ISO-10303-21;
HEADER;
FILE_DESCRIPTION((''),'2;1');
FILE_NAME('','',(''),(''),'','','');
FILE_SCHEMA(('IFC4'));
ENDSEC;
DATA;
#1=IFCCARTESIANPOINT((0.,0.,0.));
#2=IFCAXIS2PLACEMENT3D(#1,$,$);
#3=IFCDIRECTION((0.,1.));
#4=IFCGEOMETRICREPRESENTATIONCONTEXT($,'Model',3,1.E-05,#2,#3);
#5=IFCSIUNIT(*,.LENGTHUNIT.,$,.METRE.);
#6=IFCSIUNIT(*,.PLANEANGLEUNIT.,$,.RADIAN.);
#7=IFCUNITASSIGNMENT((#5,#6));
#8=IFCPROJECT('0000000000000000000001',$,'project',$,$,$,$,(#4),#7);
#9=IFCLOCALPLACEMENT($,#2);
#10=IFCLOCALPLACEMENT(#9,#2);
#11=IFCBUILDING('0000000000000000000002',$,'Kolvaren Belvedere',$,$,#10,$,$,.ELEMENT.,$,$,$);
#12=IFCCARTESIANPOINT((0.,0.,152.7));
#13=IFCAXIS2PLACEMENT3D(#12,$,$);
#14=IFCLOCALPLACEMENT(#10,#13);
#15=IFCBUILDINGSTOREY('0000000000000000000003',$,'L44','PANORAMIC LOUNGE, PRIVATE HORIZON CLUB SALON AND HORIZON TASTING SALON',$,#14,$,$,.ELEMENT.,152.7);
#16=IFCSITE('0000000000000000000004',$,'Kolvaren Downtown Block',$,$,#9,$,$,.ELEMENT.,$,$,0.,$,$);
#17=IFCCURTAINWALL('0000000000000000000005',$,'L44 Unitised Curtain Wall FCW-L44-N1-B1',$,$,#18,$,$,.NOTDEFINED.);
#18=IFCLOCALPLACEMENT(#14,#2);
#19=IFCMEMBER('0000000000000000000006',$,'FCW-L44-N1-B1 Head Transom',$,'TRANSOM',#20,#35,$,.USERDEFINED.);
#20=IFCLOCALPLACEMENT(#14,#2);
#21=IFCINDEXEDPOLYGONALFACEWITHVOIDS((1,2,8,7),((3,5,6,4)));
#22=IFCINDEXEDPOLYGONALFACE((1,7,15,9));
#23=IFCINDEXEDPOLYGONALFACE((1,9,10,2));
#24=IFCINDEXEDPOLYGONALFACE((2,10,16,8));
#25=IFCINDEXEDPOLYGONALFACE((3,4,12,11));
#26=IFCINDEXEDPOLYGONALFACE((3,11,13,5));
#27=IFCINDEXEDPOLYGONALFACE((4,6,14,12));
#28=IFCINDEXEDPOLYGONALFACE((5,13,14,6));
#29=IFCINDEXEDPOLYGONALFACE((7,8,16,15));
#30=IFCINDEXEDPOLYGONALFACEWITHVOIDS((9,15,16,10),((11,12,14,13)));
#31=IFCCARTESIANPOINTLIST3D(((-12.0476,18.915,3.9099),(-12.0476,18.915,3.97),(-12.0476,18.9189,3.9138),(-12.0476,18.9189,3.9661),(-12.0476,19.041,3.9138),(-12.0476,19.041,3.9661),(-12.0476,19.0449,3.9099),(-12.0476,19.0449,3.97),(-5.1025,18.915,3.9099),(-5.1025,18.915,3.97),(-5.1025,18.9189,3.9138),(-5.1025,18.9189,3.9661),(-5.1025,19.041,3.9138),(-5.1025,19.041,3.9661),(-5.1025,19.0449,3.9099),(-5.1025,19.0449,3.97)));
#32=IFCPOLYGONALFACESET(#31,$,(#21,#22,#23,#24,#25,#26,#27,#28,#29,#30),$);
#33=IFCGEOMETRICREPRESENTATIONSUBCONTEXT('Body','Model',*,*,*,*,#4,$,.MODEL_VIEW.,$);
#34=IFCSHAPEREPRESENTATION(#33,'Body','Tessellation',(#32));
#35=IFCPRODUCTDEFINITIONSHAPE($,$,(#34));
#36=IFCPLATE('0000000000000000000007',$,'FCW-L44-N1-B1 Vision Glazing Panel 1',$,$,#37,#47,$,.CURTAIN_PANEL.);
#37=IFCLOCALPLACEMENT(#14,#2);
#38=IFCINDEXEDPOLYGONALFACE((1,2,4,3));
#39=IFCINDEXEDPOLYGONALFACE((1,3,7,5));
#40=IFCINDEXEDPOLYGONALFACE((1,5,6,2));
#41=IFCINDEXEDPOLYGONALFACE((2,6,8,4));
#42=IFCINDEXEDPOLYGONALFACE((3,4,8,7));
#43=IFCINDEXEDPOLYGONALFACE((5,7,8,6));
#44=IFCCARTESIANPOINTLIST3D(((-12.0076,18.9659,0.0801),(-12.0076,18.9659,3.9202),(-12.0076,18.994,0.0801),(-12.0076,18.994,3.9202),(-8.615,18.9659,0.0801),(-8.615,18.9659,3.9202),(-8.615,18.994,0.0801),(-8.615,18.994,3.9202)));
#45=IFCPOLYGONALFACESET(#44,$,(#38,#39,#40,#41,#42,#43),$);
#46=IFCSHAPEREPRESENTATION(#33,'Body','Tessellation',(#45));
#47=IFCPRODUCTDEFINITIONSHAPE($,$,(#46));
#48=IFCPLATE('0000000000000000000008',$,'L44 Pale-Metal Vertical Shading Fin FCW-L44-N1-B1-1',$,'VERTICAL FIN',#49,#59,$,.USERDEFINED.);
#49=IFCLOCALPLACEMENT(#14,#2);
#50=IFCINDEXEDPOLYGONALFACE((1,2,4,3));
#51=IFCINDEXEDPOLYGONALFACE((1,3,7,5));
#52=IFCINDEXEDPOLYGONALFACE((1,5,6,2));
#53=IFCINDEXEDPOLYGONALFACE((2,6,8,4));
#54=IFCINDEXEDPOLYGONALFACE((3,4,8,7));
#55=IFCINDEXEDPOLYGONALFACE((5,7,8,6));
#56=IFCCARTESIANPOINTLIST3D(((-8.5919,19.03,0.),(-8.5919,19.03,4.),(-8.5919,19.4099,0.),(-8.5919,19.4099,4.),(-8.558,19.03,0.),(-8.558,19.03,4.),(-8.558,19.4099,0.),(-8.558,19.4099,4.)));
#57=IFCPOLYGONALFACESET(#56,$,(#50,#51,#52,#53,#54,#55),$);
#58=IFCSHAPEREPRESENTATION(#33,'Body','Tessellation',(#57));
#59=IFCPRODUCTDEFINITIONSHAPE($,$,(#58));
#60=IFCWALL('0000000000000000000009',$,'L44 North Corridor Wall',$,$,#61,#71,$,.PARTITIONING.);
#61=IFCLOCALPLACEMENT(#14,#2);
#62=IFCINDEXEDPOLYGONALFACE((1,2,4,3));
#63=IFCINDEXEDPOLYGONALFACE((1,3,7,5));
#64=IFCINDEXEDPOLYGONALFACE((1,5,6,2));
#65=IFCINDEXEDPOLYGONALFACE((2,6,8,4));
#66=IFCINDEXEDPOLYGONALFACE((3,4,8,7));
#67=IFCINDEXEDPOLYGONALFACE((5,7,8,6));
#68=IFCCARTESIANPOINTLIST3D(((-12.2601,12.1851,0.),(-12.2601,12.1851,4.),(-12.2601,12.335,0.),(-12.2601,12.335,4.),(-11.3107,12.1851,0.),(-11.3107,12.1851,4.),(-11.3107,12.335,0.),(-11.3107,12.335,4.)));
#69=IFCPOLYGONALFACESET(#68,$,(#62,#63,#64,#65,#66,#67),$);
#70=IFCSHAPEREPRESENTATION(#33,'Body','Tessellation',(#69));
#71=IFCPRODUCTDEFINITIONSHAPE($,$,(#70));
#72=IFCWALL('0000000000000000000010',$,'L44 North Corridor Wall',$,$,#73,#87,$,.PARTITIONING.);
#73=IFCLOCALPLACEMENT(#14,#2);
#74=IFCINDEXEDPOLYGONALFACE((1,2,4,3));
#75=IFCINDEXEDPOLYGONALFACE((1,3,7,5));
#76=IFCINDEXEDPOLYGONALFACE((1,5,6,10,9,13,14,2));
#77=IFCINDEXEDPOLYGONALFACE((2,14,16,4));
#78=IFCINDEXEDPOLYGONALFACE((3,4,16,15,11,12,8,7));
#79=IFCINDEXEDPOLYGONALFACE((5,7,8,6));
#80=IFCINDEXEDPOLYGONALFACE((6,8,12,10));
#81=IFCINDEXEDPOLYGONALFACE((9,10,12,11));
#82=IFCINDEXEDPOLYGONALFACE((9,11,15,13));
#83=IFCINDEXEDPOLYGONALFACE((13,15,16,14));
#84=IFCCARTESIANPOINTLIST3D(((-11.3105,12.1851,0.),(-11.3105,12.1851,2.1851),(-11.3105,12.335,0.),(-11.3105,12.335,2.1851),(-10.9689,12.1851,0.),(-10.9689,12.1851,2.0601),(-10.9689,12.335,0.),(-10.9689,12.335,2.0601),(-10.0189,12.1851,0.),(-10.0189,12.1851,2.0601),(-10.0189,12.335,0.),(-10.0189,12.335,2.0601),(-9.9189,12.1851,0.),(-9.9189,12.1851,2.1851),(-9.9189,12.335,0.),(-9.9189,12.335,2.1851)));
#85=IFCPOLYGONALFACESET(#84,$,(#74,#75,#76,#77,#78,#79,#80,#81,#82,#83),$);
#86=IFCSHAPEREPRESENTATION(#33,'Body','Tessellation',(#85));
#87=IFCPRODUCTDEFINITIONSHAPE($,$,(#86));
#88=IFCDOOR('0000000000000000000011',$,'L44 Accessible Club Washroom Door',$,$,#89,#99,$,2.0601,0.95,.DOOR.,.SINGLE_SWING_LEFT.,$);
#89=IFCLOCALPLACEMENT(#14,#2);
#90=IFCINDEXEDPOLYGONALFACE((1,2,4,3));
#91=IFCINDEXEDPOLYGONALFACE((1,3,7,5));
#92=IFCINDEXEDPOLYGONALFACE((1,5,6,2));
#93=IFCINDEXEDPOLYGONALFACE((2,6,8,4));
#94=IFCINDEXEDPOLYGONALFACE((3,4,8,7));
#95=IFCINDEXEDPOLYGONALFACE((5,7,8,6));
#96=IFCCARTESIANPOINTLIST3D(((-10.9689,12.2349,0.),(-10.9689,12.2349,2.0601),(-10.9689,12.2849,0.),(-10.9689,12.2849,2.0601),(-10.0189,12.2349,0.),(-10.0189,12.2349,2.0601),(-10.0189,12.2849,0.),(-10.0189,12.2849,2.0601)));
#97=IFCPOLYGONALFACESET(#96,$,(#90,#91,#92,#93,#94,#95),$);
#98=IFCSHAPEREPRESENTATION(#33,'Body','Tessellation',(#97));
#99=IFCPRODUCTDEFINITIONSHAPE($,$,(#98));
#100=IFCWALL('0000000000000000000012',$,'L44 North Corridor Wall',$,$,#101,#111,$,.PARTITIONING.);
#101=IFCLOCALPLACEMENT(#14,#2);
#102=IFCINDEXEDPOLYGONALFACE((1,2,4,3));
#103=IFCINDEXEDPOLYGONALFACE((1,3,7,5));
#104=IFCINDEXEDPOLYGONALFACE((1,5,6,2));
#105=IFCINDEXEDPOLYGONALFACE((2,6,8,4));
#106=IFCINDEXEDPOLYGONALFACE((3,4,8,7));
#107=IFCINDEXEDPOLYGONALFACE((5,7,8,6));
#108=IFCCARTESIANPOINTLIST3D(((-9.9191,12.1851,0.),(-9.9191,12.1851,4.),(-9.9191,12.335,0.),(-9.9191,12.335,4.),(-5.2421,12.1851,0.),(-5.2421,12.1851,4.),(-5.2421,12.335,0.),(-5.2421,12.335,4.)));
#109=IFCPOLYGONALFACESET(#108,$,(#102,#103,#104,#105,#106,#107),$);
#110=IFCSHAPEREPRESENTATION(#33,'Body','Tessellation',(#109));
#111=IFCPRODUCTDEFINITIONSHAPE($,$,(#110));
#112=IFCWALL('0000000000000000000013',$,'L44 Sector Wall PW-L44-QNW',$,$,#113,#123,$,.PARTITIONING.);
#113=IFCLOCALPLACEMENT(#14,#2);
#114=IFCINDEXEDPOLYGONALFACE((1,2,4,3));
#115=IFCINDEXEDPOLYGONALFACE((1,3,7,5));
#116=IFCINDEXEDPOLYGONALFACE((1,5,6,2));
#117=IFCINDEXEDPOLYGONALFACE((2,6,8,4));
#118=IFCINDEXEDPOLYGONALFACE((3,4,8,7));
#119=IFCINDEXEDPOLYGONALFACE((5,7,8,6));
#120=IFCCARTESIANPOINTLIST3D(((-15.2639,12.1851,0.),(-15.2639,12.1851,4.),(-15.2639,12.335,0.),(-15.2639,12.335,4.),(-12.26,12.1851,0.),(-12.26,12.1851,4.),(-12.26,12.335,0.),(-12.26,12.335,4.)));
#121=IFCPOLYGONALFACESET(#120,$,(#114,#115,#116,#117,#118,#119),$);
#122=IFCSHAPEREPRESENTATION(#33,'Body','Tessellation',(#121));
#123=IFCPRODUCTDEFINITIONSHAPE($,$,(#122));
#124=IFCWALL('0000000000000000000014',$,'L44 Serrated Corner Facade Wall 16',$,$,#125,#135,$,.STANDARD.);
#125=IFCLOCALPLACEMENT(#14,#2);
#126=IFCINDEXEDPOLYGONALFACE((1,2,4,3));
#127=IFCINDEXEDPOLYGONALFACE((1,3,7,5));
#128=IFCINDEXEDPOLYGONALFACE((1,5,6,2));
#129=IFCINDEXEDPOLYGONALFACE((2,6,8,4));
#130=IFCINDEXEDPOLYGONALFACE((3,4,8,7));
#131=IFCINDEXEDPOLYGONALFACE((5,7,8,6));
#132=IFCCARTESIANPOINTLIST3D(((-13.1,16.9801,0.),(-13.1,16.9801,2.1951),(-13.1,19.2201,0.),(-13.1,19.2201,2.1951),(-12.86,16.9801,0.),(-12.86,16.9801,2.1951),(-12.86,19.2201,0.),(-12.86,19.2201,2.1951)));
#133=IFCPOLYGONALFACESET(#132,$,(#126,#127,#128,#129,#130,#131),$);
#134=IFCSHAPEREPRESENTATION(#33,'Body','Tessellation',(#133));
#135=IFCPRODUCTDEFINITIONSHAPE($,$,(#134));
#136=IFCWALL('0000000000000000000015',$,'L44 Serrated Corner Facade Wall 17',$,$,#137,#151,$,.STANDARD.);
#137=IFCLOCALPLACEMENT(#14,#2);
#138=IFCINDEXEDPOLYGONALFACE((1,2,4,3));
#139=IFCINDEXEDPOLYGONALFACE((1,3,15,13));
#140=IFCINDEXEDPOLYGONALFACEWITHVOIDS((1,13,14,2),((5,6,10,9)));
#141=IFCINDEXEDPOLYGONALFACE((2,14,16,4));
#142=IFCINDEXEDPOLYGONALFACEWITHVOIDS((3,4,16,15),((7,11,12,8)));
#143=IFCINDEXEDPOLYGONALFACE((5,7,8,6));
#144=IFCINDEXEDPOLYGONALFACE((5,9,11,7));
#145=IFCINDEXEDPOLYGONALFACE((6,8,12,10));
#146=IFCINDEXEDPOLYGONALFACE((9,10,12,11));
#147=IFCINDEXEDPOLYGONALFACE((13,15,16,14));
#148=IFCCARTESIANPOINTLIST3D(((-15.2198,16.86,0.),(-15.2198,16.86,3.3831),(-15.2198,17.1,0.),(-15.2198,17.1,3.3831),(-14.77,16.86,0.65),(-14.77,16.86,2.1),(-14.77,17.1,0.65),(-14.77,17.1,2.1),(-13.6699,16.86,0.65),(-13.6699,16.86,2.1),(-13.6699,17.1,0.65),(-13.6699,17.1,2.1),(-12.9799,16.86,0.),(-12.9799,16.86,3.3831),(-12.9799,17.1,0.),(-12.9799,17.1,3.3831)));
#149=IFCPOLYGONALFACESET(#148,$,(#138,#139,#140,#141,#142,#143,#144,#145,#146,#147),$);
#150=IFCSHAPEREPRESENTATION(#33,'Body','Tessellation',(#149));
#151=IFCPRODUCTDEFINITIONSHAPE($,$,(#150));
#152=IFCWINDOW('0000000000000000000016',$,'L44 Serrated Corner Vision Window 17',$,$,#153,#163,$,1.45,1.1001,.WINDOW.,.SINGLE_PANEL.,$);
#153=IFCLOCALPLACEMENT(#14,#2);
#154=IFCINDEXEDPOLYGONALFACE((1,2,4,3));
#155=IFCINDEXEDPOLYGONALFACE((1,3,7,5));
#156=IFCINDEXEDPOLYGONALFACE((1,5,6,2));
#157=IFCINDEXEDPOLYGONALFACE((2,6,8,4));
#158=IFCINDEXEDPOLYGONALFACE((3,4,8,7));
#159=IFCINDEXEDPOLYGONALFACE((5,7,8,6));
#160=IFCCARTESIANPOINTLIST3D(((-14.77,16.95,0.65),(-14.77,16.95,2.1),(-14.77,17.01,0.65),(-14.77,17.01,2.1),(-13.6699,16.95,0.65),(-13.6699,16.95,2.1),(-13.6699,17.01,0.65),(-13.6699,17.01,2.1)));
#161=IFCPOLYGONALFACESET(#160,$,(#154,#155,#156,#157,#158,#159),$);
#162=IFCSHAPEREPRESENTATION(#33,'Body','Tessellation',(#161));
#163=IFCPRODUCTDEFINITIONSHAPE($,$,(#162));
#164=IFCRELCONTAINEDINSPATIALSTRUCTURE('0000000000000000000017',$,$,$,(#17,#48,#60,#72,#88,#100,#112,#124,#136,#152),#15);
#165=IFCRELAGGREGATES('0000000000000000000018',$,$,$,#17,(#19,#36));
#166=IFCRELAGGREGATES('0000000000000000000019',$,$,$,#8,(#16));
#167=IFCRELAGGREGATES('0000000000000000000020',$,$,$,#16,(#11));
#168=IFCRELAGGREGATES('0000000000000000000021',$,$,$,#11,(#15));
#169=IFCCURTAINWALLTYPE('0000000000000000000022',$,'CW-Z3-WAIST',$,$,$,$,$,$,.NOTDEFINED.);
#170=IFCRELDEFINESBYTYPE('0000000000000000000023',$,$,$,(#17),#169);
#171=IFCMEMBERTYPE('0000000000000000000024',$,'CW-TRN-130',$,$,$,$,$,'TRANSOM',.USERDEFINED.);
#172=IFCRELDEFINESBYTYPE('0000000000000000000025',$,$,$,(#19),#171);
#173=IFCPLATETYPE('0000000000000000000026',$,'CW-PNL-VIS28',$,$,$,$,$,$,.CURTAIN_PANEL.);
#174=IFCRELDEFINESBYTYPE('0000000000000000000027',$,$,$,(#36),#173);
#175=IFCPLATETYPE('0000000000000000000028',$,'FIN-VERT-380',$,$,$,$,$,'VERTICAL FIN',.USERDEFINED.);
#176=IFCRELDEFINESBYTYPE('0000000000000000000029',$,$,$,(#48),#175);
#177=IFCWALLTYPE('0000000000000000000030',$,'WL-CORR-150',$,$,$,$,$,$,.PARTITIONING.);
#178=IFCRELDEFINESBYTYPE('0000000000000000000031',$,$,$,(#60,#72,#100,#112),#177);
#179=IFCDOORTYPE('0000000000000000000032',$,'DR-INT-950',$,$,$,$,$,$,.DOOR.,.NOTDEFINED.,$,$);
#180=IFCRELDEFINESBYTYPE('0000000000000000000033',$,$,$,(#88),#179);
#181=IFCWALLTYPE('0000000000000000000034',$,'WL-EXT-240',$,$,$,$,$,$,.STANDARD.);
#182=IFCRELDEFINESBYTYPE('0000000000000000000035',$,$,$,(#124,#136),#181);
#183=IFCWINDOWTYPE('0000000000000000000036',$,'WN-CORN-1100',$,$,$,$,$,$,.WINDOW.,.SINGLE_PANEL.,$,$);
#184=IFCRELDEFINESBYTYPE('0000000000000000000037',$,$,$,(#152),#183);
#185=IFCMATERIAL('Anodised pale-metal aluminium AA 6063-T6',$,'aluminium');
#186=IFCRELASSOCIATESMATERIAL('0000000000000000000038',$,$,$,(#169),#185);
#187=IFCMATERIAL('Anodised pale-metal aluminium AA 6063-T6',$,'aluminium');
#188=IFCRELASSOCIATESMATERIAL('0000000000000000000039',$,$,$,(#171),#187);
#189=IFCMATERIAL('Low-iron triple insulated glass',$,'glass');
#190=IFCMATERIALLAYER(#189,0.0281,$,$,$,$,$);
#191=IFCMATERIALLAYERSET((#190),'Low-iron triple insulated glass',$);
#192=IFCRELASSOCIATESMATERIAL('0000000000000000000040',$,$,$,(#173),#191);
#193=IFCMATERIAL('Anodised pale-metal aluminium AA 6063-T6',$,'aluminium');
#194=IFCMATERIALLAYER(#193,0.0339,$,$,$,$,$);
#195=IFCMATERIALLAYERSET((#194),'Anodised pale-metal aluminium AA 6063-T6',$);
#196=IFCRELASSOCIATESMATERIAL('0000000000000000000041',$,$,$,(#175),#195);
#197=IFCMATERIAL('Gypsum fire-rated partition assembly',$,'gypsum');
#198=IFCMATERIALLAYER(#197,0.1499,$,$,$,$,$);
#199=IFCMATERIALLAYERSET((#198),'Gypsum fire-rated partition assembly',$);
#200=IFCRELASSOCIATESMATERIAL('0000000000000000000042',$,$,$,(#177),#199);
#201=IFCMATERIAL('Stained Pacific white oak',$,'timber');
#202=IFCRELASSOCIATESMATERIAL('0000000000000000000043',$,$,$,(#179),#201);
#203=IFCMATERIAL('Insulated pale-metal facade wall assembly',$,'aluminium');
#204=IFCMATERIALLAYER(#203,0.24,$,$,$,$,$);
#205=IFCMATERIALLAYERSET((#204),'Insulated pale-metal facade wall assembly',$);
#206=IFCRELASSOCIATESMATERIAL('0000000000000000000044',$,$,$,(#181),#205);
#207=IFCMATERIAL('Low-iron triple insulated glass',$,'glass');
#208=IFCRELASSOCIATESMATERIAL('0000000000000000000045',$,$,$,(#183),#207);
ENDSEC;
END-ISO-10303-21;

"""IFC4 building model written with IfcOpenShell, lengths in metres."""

from ifc_helpers import new_model, si_unit, direction, frame, frame_2d, origin, origin_2d, place, context, subcontext, project, spatial, rectangle, hollow_rectangle, extrude, material, layer, layer_set, material_profile, profile_set, type_object, element, fill, aggregate, save


model = new_model("IFC4")

# Units and contexts
model_context = context("Model", 3, precision=1e-05, world=origin(), true_north=direction((0.0, 1.0)))
body_context = subcontext(model_context, "Body", "Model", "MODEL_VIEW")
ifc_project = project(units=[si_unit("LENGTHUNIT", "METRE"), si_unit("PLANEANGLEUNIT", "RADIAN")], contexts=[model_context])

# Site, building, storey
site_placement = place(None, origin())
site = spatial("IfcSite", under=ifc_project, at=site_placement, Name="Kolvaren Downtown Block", CompositionType="ELEMENT", RefElevation=0.0)
building_placement = place(site_placement, origin())
building = spatial("IfcBuilding", under=site, at=building_placement, Name="Kolvaren Belvedere", CompositionType="ELEMENT")
storey_placement = place(building_placement, frame((0.0, 0.0, 152.7)))
storey = spatial("IfcBuildingStorey", under=building, at=storey_placement, Name="L44", Description="PANORAMIC LOUNGE, PRIVATE HORIZON CLUB SALON AND HORIZON TASTING SALON", CompositionType="ELEMENT", Elevation=152.7)

# Curtain wall, member, plate
ifc_material_1 = material(Name="Anodised pale-metal aluminium AA 6063-T6", Category="aluminium")
curtain_wall_type = type_object("IfcCurtainWallType", Name="CW-Z3-WAIST", PredefinedType="NOTDEFINED", material=ifc_material_1)
curtain_wall_placement = place(storey_placement, origin())
curtain_wall = element("IfcCurtainWall", 1, at=curtain_wall_placement, inside=storey, type_object=curtain_wall_type, Name="L44 Unitised Curtain Wall FCW-L44-N1-B1", PredefinedType="NOTDEFINED")
ifc_material_2 = material(Name="Anodised pale-metal aluminium AA 6063-T6", Category="aluminium")
ifc_material_profile_1 = material_profile(ifc_material_2, hollow_rectangle(XDim=0.0601, YDim=0.1299, WallThickness=0.0039, at=origin_2d()), Name="ALU-TRN-130X60")
ifc_profile_set_1 = profile_set([ifc_material_profile_1], Name="Anodised pale-metal aluminium AA 6063-T6")
member_type_1 = type_object("IfcMemberType", Name="CW-TRN-130", ElementType="TRANSOM", PredefinedType="USERDEFINED", material=ifc_profile_set_1)
member_1_placement = place(storey_placement, frame((-12.0476, 18.98, 3.9399), z_axis=(1.0, 0.0, 0.0), x_axis=(0.0, 0.0, 1.0)))
member_1 = element("IfcMember", 2, at=member_1_placement, type_object=member_type_1, Name="FCW-L44-N1-B1 Head Transom", ObjectType="TRANSOM", PredefinedType="USERDEFINED", context=body_context, shape_type="SweptSolid", body=[
    extrude(hollow_rectangle(XDim=0.0601, YDim=0.1299, WallThickness=0.0039, at=origin_2d()), origin(), (0.0, 0.0, 1.0), 6.9451),
])
ifc_material_3 = material(Name="Low-iron triple insulated glass", Category="glass")
ifc_layer_1 = layer(ifc_material_3, 0.0281)
ifc_layer_set_1 = layer_set([ifc_layer_1], Name="Low-iron triple insulated glass")
plate_type_1 = type_object("IfcPlateType", Name="CW-PNL-VIS28", PredefinedType="CURTAIN_PANEL", material=ifc_layer_set_1)
plate_1_placement = place(storey_placement, frame((-10.3113, 18.98, 0.0801), z_axis=(0.0, 0.0, 1.0), x_axis=(1.0, 0.0, 0.0)))
plate_1 = element("IfcPlate", 3, at=plate_1_placement, type_object=plate_type_1, Name="FCW-L44-N1-B1 Vision Glazing Panel 1", PredefinedType="CURTAIN_PANEL", context=body_context, shape_type="SweptSolid", body=[
    extrude(rectangle(XDim=3.3926, YDim=0.0281, at=origin_2d()), origin(), (0.0, 0.0, 1.0), 3.8401),
])
aggregate(curtain_wall, [member_1, plate_1])

# Plate
ifc_material_4 = material(Name="Anodised pale-metal aluminium AA 6063-T6", Category="aluminium")
ifc_layer_2 = layer(ifc_material_4, 0.0339)
ifc_layer_set_2 = layer_set([ifc_layer_2], Name="Anodised pale-metal aluminium AA 6063-T6")
plate_type_2 = type_object("IfcPlateType", Name="FIN-VERT-380", ElementType="VERTICAL FIN", PredefinedType="USERDEFINED", material=ifc_layer_set_2)
plate_2_placement = place(storey_placement, frame((-8.575, 19.22, 0.0), z_axis=(0.0, 0.0, 1.0), x_axis=(0.0, 1.0, 0.0)))
element("IfcPlate", 4, at=plate_2_placement, inside=storey, type_object=plate_type_2, Name="L44 Pale-Metal Vertical Shading Fin FCW-L44-N1-B1-1", ObjectType="VERTICAL FIN", PredefinedType="USERDEFINED", context=body_context, shape_type="SweptSolid", body=[
    extrude(rectangle(XDim=0.3799, YDim=0.0339, at=origin_2d()), origin(), (0.0, 0.0, 1.0), 4.0),
])

# Wall
ifc_material_5 = material(Name="Gypsum fire-rated partition assembly", Category="gypsum")
ifc_layer_3 = layer(ifc_material_5, 0.1499)
ifc_layer_set_3 = layer_set([ifc_layer_3], Name="Gypsum fire-rated partition assembly")
wall_type_1 = type_object("IfcWallType", Name="WL-CORR-150", PredefinedType="PARTITIONING", material=ifc_layer_set_3)
wall_1_placement = place(storey_placement, frame((-12.26, 12.26, 0.0), z_axis=(0.0, 0.0, 1.0), x_axis=(1.0, 0.0, 0.0)))
element("IfcWall", 5, at=wall_1_placement, inside=storey, type_object=wall_type_1, Name="L44 North Corridor Wall", PredefinedType="PARTITIONING", context=body_context, shape_type="SweptSolid", body=[
    extrude(rectangle(XDim=0.9495, YDim=0.1499, at=frame_2d((0.4746, 0.0))), origin(), (0.0, 0.0, 1.0), 4.0),
])

# Wall, opening, door
wall_2_placement = place(storey_placement, frame((-11.3105, 12.26, 0.0), z_axis=(0.0, 0.0, 1.0), x_axis=(1.0, 0.0, 0.0)))
wall_2 = element("IfcWall", 6, at=wall_2_placement, inside=storey, type_object=wall_type_1, Name="L44 North Corridor Wall", PredefinedType="PARTITIONING", context=body_context, shape_type="SweptSolid", body=[
    extrude(rectangle(XDim=1.3916, YDim=0.1499, at=frame_2d((0.6958, 0.0))), origin(), (0.0, 0.0, 1.0), 2.1851),
])
opening_1_placement = place(wall_2_placement, frame((0.3416, 0.0, 0.0)))
opening_1 = element("IfcOpeningElement", 7, at=opening_1_placement, cuts=wall_2, PredefinedType="OPENING", context=body_context, shape_type="SweptSolid", body=[
    extrude(rectangle(XDim=0.95, YDim=2.0601, at=frame_2d((0.4751, 1.03))), frame((0.0, 0.085, 0.0), z_axis=(0.0, -1.0, 0.0), x_axis=(1.0, 0.0, 0.0)), (0.0, 0.0, 1.0), 0.1699),
])
ifc_material_6 = material(Name="Stained Pacific white oak", Category="timber")
door_type = type_object("IfcDoorType", Name="DR-INT-950", OperationType="NOTDEFINED", PredefinedType="DOOR", material=ifc_material_6)
door_placement = place(opening_1_placement, origin())
door = element("IfcDoor", 8, at=door_placement, inside=storey, type_object=door_type, Name="L44 Accessible Club Washroom Door", OperationType="SINGLE_SWING_LEFT", OverallHeight=2.0601, OverallWidth=0.95, PredefinedType="DOOR", context=body_context, shape_type="SweptSolid", body=[
    extrude(rectangle(XDim=0.95, YDim=2.0601, at=frame_2d((0.4751, 1.03))), frame((0.0, 0.0249, 0.0), z_axis=(0.0, -1.0, 0.0), x_axis=(1.0, 0.0, 0.0)), (0.0, 0.0, 1.0), 0.05),
])
fill(opening_1, door)

# Walls
wall_3_placement = place(storey_placement, frame((-9.9189, 12.26, 0.0), z_axis=(0.0, 0.0, 1.0), x_axis=(1.0, 0.0, 0.0)))
element("IfcWall", 9, at=wall_3_placement, inside=storey, type_object=wall_type_1, Name="L44 North Corridor Wall", PredefinedType="PARTITIONING", context=body_context, shape_type="SweptSolid", body=[
    extrude(rectangle(XDim=4.677, YDim=0.1499, at=frame_2d((2.3384, 0.0))), origin(), (0.0, 0.0, 1.0), 4.0),
])
wall_4_placement = place(storey_placement, frame((-15.2639, 12.26, 0.0), z_axis=(0.0, 0.0, 1.0), x_axis=(1.0, 0.0, 0.0)))
element("IfcWall", 10, at=wall_4_placement, inside=storey, type_object=wall_type_1, Name="L44 Sector Wall PW-L44-QNW", PredefinedType="PARTITIONING", context=body_context, shape_type="SweptSolid", body=[
    extrude(rectangle(XDim=3.0039, YDim=0.1499, at=frame_2d((1.502, 0.0))), origin(), (0.0, 0.0, 1.0), 4.0),
])
ifc_material_7 = material(Name="Insulated pale-metal facade wall assembly", Category="aluminium")
ifc_layer_4 = layer(ifc_material_7, 0.24)
ifc_layer_set_4 = layer_set([ifc_layer_4], Name="Insulated pale-metal facade wall assembly")
wall_type_2 = type_object("IfcWallType", Name="WL-EXT-240", PredefinedType="STANDARD", material=ifc_layer_set_4)
wall_5_placement = place(storey_placement, frame((-12.98, 16.98, 0.0), z_axis=(0.0, 0.0, 1.0), x_axis=(0.0, 1.0, 0.0)))
element("IfcWall", 11, at=wall_5_placement, inside=storey, type_object=wall_type_2, Name="L44 Serrated Corner Facade Wall 16", PredefinedType="STANDARD", context=body_context, shape_type="SweptSolid", body=[
    extrude(rectangle(XDim=2.24, YDim=0.24, at=frame_2d((1.1201, 0.0))), origin(), (0.0, 0.0, 1.0), 2.1951),
])

# Wall, opening, window
wall_6_placement = place(storey_placement, frame((-15.22, 16.98, 0.0), z_axis=(0.0, 0.0, 1.0), x_axis=(1.0, 0.0, 0.0)))
wall_6 = element("IfcWall", 12, at=wall_6_placement, inside=storey, type_object=wall_type_2, Name="L44 Serrated Corner Facade Wall 17", PredefinedType="STANDARD", context=body_context, shape_type="SweptSolid", body=[
    extrude(rectangle(XDim=2.24, YDim=0.24, at=frame_2d((1.1201, 0.0))), origin(), (0.0, 0.0, 1.0), 3.3831),
])
opening_2_placement = place(wall_6_placement, frame((0.45, 0.0, 0.6499)))
opening_2 = element("IfcOpeningElement", 13, at=opening_2_placement, cuts=wall_6, PredefinedType="OPENING", context=body_context, shape_type="SweptSolid", body=[
    extrude(rectangle(XDim=1.1001, YDim=1.45, at=frame_2d((0.55, 0.7251))), frame((0.0, 0.1299, 0.0), z_axis=(0.0, -1.0, 0.0), x_axis=(1.0, 0.0, 0.0)), (0.0, 0.0, 1.0), 0.26),
])
ifc_material_8 = material(Name="Low-iron triple insulated glass", Category="glass")
window_type = type_object("IfcWindowType", Name="WN-CORN-1100", PartitioningType="SINGLE_PANEL", PredefinedType="WINDOW", material=ifc_material_8)
window_1_placement = place(opening_2_placement, origin())
window_1 = element("IfcWindow", 14, at=window_1_placement, inside=storey, type_object=window_type, Name="L44 Serrated Corner Vision Window 17", OverallHeight=1.45, OverallWidth=1.1001, PartitioningType="SINGLE_PANEL", PredefinedType="WINDOW", context=body_context, shape_type="SweptSolid", body=[
    extrude(rectangle(XDim=1.1001, YDim=1.45, at=frame_2d((0.55, 0.7251))), frame((0.0, 0.03, 0.0), z_axis=(0.0, -1.0, 0.0), x_axis=(1.0, 0.0, 0.0)), (0.0, 0.0, 1.0), 0.0601),
])
fill(opening_2, window_1)

save(model, "model.ifc")
